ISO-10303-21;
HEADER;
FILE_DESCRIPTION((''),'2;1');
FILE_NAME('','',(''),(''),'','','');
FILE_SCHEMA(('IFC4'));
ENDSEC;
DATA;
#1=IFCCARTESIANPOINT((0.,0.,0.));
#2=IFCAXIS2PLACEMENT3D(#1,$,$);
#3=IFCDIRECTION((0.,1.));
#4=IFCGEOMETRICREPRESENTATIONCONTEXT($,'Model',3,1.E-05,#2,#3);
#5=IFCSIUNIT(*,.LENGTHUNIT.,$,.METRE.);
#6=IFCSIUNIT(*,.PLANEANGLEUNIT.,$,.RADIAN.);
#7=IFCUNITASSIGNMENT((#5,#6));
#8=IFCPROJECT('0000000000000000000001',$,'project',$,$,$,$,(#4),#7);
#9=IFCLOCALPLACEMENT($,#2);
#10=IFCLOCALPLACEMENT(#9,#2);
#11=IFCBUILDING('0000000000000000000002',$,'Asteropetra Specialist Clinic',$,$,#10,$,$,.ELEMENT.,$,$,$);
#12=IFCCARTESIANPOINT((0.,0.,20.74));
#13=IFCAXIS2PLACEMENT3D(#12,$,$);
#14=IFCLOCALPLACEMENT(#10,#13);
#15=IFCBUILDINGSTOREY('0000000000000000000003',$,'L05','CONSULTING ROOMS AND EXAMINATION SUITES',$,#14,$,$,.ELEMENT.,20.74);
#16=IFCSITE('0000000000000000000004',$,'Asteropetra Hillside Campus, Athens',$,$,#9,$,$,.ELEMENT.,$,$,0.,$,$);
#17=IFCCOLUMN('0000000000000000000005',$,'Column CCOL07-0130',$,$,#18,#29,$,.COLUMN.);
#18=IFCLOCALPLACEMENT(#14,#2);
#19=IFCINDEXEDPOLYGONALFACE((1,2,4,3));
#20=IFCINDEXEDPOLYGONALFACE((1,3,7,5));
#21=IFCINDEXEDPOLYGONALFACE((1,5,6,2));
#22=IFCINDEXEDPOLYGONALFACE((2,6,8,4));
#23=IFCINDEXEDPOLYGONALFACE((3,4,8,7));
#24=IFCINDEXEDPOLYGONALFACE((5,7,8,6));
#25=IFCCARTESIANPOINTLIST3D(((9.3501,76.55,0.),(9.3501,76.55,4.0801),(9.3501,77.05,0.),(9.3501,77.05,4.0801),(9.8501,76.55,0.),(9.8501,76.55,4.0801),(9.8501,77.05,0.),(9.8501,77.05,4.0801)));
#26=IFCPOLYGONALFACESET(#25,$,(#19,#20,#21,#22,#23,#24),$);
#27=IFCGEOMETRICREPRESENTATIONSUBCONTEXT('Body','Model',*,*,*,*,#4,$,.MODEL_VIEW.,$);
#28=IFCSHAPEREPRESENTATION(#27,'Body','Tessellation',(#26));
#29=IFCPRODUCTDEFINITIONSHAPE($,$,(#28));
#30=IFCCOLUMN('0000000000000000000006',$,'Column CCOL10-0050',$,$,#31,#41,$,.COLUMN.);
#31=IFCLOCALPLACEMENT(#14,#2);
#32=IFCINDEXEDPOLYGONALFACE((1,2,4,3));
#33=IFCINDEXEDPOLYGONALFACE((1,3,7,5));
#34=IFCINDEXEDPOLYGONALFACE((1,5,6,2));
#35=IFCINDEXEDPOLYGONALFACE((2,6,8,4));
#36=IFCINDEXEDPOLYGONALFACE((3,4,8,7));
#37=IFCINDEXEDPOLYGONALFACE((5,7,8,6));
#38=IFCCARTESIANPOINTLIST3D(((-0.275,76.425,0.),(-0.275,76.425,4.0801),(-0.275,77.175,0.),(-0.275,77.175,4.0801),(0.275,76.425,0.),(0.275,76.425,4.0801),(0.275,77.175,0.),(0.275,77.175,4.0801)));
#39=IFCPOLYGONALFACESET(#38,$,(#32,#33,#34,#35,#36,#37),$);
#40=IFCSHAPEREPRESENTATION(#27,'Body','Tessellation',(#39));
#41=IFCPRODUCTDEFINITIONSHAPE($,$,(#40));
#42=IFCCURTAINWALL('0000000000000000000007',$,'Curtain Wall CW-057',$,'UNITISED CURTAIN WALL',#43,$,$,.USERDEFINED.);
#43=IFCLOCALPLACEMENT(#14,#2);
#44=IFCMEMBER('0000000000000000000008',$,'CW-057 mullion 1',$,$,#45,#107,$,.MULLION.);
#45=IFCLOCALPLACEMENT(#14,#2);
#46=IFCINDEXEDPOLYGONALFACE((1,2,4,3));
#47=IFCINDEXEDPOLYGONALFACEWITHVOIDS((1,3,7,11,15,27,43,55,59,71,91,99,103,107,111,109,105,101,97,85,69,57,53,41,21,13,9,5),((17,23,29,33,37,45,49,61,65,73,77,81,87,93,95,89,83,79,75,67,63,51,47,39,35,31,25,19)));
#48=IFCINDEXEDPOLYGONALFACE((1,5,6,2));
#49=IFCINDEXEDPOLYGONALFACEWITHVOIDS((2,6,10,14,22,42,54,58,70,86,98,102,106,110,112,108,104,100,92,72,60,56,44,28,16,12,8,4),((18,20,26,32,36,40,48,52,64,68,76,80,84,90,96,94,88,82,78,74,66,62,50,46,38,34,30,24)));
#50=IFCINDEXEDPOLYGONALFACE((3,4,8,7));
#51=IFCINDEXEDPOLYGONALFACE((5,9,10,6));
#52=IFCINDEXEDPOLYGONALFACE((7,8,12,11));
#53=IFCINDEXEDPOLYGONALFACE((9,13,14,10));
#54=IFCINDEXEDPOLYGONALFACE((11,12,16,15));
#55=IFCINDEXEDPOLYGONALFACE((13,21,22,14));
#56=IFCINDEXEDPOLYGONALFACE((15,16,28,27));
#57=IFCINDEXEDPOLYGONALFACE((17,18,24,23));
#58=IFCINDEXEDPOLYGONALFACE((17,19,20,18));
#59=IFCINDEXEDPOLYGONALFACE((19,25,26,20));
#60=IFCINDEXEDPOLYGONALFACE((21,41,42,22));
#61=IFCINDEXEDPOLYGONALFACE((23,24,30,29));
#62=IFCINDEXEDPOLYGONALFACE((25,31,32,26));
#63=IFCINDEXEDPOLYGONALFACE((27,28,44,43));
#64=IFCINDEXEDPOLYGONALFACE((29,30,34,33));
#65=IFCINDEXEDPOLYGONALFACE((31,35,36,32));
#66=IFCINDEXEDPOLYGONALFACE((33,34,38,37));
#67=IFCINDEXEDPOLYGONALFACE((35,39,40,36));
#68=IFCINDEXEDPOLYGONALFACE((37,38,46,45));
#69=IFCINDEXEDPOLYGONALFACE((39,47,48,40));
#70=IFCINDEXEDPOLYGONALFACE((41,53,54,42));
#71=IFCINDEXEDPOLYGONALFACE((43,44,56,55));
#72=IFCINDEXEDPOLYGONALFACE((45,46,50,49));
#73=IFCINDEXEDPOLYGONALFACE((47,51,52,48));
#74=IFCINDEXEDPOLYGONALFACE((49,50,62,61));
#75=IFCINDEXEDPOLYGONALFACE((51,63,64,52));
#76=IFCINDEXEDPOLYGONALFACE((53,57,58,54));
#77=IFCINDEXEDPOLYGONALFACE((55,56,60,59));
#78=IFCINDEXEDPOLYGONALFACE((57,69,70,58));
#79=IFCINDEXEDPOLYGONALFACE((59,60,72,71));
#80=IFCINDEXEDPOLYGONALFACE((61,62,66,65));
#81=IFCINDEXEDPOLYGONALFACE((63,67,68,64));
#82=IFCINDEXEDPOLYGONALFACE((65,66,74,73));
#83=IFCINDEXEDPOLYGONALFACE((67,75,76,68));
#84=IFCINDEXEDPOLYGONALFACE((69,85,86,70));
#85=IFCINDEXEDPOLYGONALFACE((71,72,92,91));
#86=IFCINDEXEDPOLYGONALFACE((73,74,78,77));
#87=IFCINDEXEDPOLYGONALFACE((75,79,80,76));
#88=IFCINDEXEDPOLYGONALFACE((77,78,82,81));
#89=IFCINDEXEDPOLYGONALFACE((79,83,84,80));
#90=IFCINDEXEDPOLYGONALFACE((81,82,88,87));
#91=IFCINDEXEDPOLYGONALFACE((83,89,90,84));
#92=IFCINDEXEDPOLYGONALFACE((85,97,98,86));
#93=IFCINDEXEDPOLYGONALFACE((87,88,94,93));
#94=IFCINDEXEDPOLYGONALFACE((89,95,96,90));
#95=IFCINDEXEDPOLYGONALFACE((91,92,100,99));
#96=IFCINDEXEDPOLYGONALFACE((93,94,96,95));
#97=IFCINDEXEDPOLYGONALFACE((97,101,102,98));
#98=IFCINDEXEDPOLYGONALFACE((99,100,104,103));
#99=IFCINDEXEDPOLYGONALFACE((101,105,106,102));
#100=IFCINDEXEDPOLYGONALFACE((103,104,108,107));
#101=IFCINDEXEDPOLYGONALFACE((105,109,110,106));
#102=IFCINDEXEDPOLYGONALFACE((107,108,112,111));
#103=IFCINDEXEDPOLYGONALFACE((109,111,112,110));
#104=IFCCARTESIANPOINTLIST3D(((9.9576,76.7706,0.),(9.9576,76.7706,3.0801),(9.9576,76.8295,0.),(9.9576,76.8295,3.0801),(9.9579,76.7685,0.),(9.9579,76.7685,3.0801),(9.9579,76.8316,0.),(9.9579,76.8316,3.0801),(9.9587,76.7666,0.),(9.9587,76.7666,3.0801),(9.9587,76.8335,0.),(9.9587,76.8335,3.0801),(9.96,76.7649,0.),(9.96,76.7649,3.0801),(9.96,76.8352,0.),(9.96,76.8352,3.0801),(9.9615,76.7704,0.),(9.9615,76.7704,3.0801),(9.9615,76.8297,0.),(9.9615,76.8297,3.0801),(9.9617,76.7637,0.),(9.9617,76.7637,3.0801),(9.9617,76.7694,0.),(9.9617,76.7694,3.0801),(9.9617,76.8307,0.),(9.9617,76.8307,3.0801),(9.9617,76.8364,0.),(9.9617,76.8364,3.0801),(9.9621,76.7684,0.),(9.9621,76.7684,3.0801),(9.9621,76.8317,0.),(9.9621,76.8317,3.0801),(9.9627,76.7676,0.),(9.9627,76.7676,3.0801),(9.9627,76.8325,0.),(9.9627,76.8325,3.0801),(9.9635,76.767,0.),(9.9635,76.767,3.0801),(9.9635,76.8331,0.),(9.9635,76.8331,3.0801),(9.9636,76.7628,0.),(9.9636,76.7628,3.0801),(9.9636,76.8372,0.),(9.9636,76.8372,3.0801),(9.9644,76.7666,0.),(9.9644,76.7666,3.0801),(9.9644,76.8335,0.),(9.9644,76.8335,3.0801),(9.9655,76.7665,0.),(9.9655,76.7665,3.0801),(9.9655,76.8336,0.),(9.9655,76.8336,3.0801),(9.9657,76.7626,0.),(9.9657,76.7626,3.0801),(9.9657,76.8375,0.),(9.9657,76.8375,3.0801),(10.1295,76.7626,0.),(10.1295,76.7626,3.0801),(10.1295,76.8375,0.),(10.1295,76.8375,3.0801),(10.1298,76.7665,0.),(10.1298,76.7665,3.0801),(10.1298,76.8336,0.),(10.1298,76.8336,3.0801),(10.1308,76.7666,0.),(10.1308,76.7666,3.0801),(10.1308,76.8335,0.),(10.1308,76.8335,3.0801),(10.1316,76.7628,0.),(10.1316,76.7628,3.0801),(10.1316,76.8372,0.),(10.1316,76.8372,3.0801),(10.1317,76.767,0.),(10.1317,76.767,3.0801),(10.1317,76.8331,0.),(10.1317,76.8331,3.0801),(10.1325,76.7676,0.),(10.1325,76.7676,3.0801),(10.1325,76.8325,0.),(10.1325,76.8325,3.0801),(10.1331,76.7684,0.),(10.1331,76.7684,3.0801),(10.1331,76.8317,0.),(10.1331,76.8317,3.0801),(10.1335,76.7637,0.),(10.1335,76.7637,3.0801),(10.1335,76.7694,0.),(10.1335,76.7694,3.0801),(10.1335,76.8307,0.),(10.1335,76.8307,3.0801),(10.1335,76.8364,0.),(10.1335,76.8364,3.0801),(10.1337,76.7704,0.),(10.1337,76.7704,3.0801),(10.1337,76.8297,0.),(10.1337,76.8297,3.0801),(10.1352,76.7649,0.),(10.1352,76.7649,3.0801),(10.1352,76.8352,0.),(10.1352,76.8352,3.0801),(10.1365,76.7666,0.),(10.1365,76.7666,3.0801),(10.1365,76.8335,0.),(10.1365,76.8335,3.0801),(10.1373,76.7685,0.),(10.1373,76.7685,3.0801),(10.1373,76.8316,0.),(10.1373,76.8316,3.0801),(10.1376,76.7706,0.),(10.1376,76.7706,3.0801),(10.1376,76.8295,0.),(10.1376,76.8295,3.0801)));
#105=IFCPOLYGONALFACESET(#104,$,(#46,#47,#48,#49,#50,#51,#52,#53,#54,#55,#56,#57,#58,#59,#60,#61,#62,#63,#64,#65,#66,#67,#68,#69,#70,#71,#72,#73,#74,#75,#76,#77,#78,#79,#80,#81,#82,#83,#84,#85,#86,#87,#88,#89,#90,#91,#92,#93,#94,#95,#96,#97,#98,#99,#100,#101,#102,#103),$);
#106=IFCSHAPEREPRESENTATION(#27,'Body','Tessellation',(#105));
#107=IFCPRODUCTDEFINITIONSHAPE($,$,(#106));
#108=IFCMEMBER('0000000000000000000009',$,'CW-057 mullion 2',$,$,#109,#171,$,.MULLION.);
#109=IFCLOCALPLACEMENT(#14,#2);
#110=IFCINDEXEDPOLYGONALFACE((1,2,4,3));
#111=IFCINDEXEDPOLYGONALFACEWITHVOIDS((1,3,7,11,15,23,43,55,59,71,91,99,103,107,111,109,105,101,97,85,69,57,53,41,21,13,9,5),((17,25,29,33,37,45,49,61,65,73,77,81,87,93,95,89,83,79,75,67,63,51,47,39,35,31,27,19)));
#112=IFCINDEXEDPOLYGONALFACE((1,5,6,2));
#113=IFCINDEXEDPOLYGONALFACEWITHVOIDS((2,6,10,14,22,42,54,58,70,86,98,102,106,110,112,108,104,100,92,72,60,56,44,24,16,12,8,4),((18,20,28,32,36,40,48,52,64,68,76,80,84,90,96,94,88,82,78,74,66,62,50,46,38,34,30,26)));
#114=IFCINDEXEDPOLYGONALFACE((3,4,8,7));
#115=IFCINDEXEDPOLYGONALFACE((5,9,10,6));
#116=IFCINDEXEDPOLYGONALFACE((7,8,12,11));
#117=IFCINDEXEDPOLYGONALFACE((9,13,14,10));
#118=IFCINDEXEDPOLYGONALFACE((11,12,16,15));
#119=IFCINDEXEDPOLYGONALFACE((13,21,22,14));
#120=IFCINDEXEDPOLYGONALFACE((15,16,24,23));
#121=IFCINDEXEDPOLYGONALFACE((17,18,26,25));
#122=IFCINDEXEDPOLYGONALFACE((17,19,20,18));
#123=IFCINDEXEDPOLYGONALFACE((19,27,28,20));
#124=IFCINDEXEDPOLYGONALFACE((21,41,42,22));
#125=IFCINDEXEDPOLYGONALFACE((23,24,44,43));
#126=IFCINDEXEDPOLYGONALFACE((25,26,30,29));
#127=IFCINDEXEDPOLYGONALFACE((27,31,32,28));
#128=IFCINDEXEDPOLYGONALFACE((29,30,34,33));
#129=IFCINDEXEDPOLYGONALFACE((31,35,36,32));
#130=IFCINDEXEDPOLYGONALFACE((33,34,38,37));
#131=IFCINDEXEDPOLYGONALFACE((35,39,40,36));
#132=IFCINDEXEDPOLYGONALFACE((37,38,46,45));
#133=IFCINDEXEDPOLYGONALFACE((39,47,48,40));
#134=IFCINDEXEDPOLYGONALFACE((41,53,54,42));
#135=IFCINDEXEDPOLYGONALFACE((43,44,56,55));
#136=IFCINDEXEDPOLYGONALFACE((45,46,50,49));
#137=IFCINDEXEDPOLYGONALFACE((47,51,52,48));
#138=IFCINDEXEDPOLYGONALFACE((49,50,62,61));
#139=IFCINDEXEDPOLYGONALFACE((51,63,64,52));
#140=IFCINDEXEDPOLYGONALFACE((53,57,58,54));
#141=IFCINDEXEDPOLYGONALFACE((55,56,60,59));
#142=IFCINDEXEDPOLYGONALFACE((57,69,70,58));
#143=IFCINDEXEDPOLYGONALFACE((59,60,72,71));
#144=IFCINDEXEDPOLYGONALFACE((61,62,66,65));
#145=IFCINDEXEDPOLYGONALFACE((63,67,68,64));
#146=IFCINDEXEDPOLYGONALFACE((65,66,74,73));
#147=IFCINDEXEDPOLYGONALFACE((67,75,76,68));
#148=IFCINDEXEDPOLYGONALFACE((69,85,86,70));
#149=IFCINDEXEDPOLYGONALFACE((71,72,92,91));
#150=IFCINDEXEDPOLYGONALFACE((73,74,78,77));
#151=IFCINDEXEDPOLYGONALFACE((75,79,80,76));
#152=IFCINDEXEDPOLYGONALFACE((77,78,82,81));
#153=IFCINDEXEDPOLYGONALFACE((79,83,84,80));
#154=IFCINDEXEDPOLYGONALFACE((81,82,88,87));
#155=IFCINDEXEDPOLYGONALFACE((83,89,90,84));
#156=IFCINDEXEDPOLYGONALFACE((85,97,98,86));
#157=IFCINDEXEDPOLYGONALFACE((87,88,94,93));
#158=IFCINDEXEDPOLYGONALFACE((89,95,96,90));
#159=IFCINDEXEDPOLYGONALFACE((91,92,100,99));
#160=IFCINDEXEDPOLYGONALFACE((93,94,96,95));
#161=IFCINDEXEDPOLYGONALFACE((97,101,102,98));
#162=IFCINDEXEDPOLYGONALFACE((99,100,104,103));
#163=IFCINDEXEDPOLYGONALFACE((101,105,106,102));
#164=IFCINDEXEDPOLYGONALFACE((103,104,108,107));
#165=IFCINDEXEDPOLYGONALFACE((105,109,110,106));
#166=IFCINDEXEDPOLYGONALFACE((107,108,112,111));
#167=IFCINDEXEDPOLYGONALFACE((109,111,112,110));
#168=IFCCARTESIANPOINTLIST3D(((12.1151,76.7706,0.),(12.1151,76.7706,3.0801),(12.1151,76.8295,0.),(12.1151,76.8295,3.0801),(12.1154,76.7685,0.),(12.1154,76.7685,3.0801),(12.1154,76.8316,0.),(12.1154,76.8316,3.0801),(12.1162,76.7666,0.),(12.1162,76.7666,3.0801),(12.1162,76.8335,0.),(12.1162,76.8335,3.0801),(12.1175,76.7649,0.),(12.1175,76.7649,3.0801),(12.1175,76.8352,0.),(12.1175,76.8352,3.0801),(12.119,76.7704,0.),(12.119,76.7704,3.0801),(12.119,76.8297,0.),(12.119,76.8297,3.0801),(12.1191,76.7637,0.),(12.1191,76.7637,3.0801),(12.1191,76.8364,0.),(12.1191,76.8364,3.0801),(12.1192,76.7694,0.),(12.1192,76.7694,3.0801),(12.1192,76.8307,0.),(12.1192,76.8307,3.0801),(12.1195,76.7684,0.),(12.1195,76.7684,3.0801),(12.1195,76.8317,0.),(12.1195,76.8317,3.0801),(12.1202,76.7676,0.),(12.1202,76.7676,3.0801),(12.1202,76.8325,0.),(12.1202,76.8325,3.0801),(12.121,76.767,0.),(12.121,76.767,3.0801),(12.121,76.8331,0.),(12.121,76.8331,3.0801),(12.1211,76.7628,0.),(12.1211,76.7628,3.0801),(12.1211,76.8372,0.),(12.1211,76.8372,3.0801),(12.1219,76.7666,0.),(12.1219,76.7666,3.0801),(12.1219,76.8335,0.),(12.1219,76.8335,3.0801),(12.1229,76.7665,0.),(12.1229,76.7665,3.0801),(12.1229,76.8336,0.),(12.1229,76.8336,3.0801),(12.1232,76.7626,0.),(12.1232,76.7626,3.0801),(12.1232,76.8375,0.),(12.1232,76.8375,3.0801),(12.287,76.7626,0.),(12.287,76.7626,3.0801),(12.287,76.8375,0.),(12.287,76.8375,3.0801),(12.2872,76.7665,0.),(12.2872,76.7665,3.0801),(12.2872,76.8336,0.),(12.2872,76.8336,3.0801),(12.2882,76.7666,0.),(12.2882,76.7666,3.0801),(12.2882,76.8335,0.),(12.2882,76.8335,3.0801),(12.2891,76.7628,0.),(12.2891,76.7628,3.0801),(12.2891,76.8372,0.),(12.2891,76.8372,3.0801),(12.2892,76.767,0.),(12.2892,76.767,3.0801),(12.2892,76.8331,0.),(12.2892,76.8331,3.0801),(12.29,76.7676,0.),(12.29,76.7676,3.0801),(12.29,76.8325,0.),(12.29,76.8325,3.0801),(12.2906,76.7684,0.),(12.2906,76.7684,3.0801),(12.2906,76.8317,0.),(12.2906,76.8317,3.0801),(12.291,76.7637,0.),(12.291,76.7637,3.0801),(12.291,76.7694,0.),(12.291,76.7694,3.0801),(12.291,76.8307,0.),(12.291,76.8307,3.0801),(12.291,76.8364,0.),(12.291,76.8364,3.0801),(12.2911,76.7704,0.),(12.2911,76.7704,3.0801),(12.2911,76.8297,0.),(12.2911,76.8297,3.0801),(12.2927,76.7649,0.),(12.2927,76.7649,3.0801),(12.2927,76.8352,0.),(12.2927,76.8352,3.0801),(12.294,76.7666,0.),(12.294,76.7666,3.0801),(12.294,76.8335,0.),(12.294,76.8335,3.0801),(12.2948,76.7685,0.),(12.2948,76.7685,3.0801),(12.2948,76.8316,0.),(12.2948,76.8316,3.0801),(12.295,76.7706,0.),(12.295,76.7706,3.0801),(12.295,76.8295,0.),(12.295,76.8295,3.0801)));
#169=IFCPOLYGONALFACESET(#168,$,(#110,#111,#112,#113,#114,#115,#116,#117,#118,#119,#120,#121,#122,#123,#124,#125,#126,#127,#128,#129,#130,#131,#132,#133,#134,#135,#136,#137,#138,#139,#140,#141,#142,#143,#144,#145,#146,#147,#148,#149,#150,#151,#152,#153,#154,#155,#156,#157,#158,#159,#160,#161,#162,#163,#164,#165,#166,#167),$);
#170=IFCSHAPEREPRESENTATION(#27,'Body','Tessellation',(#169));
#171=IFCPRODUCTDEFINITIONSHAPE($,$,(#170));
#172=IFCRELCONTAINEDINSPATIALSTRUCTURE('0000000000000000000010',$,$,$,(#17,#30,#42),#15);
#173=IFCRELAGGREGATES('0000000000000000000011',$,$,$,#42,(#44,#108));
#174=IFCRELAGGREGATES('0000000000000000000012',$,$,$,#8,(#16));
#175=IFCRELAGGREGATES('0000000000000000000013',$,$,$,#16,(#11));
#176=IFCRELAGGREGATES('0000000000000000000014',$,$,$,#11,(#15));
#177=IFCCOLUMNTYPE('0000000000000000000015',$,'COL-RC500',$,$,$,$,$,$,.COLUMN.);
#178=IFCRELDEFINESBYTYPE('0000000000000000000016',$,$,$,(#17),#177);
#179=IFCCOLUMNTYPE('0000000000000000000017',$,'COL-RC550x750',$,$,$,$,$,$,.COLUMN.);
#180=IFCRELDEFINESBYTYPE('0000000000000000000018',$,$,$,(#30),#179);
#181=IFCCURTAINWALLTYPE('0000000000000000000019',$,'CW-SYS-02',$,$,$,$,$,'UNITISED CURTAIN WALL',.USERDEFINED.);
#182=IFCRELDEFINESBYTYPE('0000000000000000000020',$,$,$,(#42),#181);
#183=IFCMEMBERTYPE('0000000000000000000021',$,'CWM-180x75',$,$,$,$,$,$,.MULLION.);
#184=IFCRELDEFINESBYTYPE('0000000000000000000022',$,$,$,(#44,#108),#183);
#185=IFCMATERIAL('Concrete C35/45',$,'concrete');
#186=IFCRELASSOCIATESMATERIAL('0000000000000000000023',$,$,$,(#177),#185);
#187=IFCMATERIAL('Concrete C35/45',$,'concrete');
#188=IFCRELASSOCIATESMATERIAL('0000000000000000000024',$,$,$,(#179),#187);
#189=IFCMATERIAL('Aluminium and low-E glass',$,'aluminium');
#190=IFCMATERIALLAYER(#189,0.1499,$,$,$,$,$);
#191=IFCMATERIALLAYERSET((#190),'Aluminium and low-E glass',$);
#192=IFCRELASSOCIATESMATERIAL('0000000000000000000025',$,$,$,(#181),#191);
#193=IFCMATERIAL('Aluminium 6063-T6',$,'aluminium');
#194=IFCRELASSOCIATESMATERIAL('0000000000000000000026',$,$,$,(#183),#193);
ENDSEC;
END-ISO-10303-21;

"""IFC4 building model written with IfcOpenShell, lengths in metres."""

from ifc_helpers import new_model, si_unit, direction, frame, origin, origin_2d, place, context, subcontext, project, spatial, rectangle, hollow_rectangle, extrude, material, layer, layer_set, material_profile, profile_set, type_object, element, aggregate, save


model = new_model("IFC4")

# Units and contexts
model_context = context("Model", 3, precision=1e-05, world=origin(), true_north=direction((0.0, 1.0)))
body_context = subcontext(model_context, "Body", "Model", "MODEL_VIEW")
ifc_project = project(units=[si_unit("LENGTHUNIT", "METRE"), si_unit("PLANEANGLEUNIT", "RADIAN")], contexts=[model_context])

# Site, building, storey
site_placement = place(None, origin())
site = spatial("IfcSite", under=ifc_project, at=site_placement, Name="Asteropetra Hillside Campus, Athens", CompositionType="ELEMENT", RefElevation=0.0)
building_placement = place(site_placement, origin())
building = spatial("IfcBuilding", under=site, at=building_placement, Name="Asteropetra Specialist Clinic", CompositionType="ELEMENT")
storey_placement = place(building_placement, frame((0.0, 0.0, 20.74)))
storey = spatial("IfcBuildingStorey", under=building, at=storey_placement, Name="L05", Description="CONSULTING ROOMS AND EXAMINATION SUITES", CompositionType="ELEMENT", Elevation=20.74)

# Columns
ifc_material_1 = material(Name="Concrete C35/45", Category="concrete")
ifc_material_profile_1 = material_profile(ifc_material_1, rectangle(XDim=0.5, YDim=0.5, at=origin_2d()), Name="RC 500x500")
ifc_profile_set_1 = profile_set([ifc_material_profile_1], Name="Concrete C35/45")
column_type_1 = type_object("IfcColumnType", Name="COL-RC500", PredefinedType="COLUMN", material=ifc_profile_set_1)
column_1_placement = place(storey_placement, frame((9.6001, 76.8, 0.0), z_axis=(0.0, 0.0, 1.0), x_axis=(1.0, 0.0, 0.0)))
element("IfcColumn", 1, at=column_1_placement, inside=storey, type_object=column_type_1, Name="Column CCOL07-0130", PredefinedType="COLUMN", context=body_context, shape_type="SweptSolid", body=[
    extrude(rectangle(XDim=0.5, YDim=0.5, at=origin_2d()), origin(), (0.0, 0.0, 1.0), 4.0801),
])
ifc_material_2 = material(Name="Concrete C35/45", Category="concrete")
ifc_material_profile_2 = material_profile(ifc_material_2, rectangle(XDim=0.55, YDim=0.75, at=origin_2d()), Name="RC 550x750")
ifc_profile_set_2 = profile_set([ifc_material_profile_2], Name="Concrete C35/45")
column_type_2 = type_object("IfcColumnType", Name="COL-RC550x750", PredefinedType="COLUMN", material=ifc_profile_set_2)
column_2_placement = place(storey_placement, frame((0.0, 76.8, 0.0), z_axis=(0.0, 0.0, 1.0), x_axis=(1.0, 0.0, 0.0)))
element("IfcColumn", 2, at=column_2_placement, inside=storey, type_object=column_type_2, Name="Column CCOL10-0050", PredefinedType="COLUMN", context=body_context, shape_type="SweptSolid", body=[
    extrude(rectangle(XDim=0.55, YDim=0.75, at=origin_2d()), origin(), (0.0, 0.0, 1.0), 4.0801),
])

# Curtain wall, members
ifc_material_3 = material(Name="Aluminium and low-E glass", Category="aluminium")
ifc_layer_1 = layer(ifc_material_3, 0.1499)
ifc_layer_set_1 = layer_set([ifc_layer_1], Name="Aluminium and low-E glass")
curtain_wall_type = type_object("IfcCurtainWallType", Name="CW-SYS-02", ElementType="UNITISED CURTAIN WALL", PredefinedType="USERDEFINED", material=ifc_layer_set_1)
curtain_wall_placement = place(storey_placement, origin())
curtain_wall = element("IfcCurtainWall", 3, at=curtain_wall_placement, inside=storey, type_object=curtain_wall_type, Name="Curtain Wall CW-057", ObjectType="UNITISED CURTAIN WALL", PredefinedType="USERDEFINED")
ifc_material_4 = material(Name="Aluminium 6063-T6", Category="aluminium")
ifc_material_profile_3 = material_profile(ifc_material_4, hollow_rectangle(XDim=0.075, YDim=0.1799, WallThickness=0.0039, InnerFilletRadius=0.0039, OuterFilletRadius=0.0081, at=origin_2d()), Name="MUL 180x75x4.0")
ifc_profile_set_3 = profile_set([ifc_material_profile_3], Name="Aluminium 6063-T6")
member_type_1 = type_object("IfcMemberType", Name="CWM-180x75", PredefinedType="MULLION", material=ifc_profile_set_3)
member_1_placement = place(storey_placement, frame((10.0476, 76.8, 0.0), z_axis=(0.0, 0.0, 1.0), x_axis=(0.0, 1.0, 0.0)))
member_1 = element("IfcMember", 4, at=member_1_placement, type_object=member_type_1, Name="CW-057 mullion 1", PredefinedType="MULLION", context=body_context, shape_type="SweptSolid", body=[
    extrude(hollow_rectangle(XDim=0.075, YDim=0.1799, WallThickness=0.0039, InnerFilletRadius=0.0039, OuterFilletRadius=0.0081, at=origin_2d()), origin(), (0.0, 0.0, 1.0), 3.0801),
])
member_2_placement = place(storey_placement, frame((12.2051, 76.8, 0.0), z_axis=(0.0, 0.0, 1.0), x_axis=(0.0, 1.0, 0.0)))
member_2 = element("IfcMember", 5, at=member_2_placement, type_object=member_type_1, Name="CW-057 mullion 2", PredefinedType="MULLION", context=body_context, shape_type="SweptSolid", body=[
    extrude(hollow_rectangle(XDim=0.075, YDim=0.1799, WallThickness=0.0039, InnerFilletRadius=0.0039, OuterFilletRadius=0.0081, at=origin_2d()), origin(), (0.0, 0.0, 1.0), 3.0801),
])

aggregate(curtain_wall, [member_1, member_2])

save(model, "model.ifc")
